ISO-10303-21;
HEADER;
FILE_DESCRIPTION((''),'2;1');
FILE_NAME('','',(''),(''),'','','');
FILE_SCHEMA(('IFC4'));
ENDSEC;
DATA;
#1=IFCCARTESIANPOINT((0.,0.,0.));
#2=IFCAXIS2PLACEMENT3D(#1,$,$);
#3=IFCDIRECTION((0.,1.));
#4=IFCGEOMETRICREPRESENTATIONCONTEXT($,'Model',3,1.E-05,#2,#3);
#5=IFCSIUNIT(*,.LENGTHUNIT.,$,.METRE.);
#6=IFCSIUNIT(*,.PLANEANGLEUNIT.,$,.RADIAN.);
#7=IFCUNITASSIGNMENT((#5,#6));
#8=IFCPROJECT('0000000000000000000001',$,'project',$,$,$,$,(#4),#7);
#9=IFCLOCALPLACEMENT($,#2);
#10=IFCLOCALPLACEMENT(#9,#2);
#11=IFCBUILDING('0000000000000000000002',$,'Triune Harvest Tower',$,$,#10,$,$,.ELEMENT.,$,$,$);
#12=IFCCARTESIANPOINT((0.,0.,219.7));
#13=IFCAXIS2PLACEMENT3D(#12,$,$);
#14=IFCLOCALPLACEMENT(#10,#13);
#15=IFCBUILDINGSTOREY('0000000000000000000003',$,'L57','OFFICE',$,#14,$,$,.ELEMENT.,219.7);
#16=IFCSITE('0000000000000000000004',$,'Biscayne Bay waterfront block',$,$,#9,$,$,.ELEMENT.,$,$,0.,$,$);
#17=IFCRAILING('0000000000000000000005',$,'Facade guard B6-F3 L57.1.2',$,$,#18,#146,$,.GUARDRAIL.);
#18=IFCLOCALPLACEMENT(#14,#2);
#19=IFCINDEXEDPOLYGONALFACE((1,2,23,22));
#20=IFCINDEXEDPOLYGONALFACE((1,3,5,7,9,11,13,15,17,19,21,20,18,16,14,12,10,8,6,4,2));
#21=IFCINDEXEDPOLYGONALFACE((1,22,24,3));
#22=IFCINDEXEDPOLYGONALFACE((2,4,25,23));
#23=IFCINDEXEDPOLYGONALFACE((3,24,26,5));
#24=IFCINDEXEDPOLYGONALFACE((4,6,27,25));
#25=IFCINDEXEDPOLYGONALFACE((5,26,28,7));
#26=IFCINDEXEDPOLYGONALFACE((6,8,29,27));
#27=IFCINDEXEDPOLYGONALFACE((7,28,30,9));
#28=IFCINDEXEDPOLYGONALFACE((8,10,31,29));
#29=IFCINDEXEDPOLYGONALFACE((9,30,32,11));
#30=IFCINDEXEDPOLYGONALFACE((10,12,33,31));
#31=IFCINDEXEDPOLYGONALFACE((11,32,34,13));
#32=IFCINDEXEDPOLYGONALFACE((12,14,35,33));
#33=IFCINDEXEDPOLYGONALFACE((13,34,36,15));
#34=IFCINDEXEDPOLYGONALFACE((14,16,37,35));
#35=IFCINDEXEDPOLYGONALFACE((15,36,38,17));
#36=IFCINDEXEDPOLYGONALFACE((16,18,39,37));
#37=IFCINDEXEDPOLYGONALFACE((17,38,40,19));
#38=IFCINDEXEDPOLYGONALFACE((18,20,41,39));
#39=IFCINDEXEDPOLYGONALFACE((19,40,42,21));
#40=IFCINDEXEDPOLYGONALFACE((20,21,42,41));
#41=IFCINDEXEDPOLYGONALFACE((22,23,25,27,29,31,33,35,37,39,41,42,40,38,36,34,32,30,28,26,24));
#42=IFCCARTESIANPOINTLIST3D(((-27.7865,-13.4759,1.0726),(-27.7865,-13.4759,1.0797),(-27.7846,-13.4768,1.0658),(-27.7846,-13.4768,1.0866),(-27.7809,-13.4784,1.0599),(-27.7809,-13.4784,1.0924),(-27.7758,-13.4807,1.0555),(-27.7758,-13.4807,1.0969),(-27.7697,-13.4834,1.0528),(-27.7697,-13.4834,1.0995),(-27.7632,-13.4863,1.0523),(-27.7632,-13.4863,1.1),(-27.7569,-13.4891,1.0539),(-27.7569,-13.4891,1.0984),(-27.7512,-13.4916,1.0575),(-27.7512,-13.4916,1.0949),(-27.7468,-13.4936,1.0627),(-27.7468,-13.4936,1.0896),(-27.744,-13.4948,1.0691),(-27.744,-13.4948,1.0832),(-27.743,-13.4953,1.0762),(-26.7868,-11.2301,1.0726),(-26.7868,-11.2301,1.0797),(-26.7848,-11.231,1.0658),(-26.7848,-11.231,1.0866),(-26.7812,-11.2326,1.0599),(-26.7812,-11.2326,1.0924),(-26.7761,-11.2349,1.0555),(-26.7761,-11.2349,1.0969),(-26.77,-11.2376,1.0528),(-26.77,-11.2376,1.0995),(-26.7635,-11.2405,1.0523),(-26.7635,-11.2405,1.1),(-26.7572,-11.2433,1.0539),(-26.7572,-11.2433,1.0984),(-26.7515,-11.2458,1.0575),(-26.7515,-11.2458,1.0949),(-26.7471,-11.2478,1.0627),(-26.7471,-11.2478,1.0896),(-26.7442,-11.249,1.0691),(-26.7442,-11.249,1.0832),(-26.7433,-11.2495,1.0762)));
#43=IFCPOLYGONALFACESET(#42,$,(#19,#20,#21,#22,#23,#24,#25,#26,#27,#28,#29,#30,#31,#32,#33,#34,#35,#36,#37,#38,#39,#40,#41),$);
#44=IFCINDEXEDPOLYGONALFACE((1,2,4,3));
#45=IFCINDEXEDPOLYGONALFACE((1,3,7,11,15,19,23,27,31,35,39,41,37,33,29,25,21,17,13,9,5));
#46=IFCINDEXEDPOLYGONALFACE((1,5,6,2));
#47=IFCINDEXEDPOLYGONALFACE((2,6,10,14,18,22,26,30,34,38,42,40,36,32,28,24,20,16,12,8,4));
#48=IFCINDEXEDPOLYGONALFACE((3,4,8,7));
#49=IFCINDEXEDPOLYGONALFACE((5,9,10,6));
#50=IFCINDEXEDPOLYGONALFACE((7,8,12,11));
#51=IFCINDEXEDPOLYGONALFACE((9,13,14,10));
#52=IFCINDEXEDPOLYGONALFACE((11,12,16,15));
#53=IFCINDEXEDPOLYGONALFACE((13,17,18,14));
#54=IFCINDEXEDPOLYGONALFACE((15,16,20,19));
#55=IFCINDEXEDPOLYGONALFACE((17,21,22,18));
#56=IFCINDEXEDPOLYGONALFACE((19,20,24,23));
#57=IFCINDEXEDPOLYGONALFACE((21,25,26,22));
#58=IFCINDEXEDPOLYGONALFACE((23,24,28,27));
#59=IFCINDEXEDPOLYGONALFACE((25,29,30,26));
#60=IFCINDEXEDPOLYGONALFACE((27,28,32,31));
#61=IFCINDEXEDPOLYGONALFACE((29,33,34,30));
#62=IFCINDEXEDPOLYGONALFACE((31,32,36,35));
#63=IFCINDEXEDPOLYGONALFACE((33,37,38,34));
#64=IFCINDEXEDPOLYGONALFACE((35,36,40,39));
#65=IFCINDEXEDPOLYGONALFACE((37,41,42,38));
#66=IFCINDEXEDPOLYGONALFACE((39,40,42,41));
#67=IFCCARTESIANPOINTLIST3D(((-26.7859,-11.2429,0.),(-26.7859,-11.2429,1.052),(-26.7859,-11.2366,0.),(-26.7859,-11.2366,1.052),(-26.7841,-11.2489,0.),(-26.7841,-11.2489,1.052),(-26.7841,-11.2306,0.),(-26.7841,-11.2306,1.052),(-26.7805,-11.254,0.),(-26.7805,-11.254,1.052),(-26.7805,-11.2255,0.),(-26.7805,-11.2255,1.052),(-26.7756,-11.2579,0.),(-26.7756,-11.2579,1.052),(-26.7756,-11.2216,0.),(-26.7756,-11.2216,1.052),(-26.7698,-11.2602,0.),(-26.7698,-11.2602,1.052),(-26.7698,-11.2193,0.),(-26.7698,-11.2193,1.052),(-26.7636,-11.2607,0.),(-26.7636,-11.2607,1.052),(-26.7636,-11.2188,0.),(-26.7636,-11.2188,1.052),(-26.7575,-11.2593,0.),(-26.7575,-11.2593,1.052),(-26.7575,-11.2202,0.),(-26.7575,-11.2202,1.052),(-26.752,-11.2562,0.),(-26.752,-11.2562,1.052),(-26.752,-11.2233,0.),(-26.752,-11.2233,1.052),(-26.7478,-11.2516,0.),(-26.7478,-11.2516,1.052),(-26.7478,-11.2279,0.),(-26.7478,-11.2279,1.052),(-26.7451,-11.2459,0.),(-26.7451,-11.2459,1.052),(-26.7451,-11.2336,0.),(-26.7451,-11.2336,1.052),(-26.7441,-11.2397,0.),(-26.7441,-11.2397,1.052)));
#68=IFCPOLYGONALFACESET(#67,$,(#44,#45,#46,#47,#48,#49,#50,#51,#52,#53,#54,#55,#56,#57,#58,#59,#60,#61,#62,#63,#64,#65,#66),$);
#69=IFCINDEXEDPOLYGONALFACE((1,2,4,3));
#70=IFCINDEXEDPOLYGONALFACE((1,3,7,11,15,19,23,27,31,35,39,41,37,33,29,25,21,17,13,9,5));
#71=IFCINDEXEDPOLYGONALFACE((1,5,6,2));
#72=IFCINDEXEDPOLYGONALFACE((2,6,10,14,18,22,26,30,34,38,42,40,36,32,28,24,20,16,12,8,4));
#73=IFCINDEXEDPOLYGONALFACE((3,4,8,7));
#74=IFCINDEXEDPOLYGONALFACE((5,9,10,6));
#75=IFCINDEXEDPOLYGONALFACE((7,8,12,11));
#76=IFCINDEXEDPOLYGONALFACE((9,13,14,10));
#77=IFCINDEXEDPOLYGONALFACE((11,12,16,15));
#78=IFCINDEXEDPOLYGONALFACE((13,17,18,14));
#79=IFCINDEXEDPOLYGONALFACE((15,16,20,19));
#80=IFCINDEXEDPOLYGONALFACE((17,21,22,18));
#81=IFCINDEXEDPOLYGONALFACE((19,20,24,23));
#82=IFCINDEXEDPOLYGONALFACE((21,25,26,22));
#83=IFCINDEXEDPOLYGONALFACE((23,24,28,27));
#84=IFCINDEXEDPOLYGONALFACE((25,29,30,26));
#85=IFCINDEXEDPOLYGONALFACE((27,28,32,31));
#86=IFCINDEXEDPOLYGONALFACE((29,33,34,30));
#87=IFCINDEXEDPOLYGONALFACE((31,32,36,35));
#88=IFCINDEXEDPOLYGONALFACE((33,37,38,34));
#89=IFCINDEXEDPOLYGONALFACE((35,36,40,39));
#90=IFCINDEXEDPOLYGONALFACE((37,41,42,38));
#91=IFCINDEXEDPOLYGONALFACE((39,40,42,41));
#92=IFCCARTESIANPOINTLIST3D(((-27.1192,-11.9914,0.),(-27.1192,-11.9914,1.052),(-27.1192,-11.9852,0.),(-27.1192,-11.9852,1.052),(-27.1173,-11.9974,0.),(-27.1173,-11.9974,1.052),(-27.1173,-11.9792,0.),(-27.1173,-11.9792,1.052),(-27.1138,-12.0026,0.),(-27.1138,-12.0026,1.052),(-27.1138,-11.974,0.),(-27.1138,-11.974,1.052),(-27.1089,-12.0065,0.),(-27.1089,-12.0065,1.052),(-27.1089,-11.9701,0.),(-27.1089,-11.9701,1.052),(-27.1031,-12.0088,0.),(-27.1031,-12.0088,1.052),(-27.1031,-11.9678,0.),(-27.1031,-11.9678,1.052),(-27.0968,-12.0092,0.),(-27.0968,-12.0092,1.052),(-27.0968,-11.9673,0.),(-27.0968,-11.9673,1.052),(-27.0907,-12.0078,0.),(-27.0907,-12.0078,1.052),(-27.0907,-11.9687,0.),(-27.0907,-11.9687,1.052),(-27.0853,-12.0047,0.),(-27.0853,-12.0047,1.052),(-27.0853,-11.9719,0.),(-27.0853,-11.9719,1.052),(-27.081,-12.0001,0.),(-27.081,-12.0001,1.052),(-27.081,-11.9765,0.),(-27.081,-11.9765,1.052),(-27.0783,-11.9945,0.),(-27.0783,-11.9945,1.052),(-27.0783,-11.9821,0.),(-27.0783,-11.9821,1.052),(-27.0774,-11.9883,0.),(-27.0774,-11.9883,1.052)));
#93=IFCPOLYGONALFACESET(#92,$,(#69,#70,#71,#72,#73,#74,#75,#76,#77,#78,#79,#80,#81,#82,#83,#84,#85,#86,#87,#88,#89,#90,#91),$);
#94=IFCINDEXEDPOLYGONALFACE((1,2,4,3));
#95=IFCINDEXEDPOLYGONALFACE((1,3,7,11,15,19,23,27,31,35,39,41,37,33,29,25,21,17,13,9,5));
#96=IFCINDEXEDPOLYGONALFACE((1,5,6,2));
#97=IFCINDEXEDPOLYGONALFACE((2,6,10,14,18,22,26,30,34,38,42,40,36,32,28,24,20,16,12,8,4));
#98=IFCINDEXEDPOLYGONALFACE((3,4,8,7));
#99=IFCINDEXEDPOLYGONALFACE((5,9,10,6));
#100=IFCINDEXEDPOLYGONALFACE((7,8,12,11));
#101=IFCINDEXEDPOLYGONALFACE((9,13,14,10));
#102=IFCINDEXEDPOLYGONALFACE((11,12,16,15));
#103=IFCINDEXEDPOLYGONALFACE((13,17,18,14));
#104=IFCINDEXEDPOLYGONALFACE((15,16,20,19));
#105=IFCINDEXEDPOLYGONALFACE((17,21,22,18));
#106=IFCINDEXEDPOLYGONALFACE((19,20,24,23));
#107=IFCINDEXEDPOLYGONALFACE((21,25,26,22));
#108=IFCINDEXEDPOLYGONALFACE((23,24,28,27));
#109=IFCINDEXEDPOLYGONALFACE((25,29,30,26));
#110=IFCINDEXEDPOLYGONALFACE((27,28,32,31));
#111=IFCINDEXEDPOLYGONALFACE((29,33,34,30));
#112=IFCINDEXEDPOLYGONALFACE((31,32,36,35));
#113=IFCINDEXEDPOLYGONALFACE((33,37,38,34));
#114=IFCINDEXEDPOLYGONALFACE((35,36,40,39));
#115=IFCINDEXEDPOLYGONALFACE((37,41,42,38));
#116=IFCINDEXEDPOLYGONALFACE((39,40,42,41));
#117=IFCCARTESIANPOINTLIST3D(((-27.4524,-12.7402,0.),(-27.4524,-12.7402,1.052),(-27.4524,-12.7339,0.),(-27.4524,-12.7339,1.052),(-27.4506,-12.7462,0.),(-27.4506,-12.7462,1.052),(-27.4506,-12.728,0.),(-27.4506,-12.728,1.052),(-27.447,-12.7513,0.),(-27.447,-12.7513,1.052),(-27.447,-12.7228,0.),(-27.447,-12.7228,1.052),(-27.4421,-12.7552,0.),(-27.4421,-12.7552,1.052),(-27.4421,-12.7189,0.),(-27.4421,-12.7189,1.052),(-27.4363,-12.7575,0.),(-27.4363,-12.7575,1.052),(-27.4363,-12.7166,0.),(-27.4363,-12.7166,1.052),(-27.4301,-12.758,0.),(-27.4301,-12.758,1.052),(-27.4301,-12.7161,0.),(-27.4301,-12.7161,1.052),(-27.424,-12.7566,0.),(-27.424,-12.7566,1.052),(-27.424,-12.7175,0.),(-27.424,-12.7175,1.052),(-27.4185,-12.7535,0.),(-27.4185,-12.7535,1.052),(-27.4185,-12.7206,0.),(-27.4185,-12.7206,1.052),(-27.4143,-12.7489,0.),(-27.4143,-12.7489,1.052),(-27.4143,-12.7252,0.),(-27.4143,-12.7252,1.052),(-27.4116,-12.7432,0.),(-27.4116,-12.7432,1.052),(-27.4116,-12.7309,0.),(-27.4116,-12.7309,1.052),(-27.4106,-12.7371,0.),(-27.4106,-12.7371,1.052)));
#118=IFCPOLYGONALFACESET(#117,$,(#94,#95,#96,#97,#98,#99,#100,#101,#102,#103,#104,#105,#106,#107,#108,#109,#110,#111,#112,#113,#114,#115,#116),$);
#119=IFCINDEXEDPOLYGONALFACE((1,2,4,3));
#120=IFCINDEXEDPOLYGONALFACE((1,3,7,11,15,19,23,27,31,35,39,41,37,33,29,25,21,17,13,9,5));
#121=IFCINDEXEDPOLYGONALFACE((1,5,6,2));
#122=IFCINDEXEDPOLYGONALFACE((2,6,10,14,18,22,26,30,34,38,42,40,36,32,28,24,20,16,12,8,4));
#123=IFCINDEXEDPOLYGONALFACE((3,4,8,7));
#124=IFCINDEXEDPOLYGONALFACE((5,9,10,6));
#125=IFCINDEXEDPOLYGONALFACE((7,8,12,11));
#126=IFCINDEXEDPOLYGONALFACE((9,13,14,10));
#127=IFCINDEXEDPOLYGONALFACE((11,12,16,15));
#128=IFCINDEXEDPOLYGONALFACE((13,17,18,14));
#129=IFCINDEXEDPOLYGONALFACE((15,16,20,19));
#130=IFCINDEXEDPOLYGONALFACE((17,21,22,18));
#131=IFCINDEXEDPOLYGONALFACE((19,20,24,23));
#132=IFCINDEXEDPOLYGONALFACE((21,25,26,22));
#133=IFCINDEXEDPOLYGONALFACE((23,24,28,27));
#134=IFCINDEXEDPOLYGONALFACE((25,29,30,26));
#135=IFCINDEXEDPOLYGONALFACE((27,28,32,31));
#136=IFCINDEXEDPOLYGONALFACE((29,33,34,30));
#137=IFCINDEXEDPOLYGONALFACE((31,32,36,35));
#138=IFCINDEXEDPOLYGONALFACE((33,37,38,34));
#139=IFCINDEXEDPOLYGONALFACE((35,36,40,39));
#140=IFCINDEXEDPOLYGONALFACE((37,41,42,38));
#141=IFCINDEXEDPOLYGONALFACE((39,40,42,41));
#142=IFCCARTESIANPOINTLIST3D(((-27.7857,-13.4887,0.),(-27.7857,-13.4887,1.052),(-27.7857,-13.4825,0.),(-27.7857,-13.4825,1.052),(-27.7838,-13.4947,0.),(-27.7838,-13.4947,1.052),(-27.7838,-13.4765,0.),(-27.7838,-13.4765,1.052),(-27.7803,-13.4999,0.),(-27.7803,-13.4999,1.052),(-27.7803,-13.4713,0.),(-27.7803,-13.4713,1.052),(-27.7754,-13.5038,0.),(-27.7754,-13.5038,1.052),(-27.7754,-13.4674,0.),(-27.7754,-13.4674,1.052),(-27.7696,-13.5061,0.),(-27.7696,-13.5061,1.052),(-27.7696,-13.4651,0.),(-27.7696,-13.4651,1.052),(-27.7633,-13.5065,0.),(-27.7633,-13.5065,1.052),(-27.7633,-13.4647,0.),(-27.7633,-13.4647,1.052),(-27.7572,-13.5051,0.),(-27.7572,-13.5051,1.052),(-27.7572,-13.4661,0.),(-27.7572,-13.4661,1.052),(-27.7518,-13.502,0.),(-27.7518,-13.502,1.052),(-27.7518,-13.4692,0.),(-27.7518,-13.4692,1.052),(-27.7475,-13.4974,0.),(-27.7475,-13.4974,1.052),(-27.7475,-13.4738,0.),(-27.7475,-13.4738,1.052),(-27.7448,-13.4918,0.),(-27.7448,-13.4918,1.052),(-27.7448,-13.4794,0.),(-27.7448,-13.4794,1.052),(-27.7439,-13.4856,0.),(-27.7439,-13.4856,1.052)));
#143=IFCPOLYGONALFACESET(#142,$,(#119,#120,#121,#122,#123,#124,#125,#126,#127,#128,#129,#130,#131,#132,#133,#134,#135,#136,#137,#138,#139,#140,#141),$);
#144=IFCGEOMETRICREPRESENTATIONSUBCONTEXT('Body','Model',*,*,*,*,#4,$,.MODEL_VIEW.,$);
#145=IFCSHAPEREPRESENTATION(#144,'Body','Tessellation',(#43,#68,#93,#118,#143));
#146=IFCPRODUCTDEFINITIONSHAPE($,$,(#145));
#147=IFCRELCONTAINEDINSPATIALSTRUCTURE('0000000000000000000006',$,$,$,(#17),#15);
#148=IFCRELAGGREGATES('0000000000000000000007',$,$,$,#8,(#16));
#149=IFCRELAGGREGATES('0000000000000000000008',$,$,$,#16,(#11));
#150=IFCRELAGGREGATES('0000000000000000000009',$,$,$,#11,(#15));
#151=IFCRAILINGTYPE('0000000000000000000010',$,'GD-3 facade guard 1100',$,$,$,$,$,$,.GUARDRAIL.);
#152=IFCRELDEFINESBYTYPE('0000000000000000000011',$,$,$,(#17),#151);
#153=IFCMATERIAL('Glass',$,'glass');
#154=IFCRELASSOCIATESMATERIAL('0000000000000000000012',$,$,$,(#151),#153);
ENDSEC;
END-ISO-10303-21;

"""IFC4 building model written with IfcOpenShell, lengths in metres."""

from ifc_helpers import new_model, si_unit, direction, frame, origin, origin_2d, place, context, subcontext, project, spatial, circle, extrude, material, type_object, element, save


model = new_model("IFC4")

# Units and contexts
model_context = context("Model", 3, precision=1e-05, world=origin(), true_north=direction((0.0, 1.0)))
body_context = subcontext(model_context, "Body", "Model", "MODEL_VIEW")
ifc_project = project(units=[si_unit("LENGTHUNIT", "METRE"), si_unit("PLANEANGLEUNIT", "RADIAN")], contexts=[model_context])

# Site, building, storey
site_placement = place(None, origin())
site = spatial("IfcSite", under=ifc_project, at=site_placement, Name="Biscayne Bay waterfront block", CompositionType="ELEMENT", RefElevation=0.0)
building_placement = place(site_placement, origin())
building = spatial("IfcBuilding", under=site, at=building_placement, Name="Triune Harvest Tower", CompositionType="ELEMENT")
storey_placement = place(building_placement, frame((0.0, 0.0, 219.7)))
storey = spatial("IfcBuildingStorey", under=building, at=storey_placement, Name="L57", Description="OFFICE", CompositionType="ELEMENT", Elevation=219.7)

# Railing
ifc_material_1 = material(Name="Glass", Category="glass")
railing_type = type_object("IfcRailingType", Name="GD-3 facade guard 1100", PredefinedType="GUARDRAIL", material=ifc_material_1)
railing_placement = place(storey_placement, frame((-26.7651, -11.2397, 0.0)))
element("IfcRailing", 1, at=railing_placement, inside=storey, type_object=railing_type, Name="Facade guard B6-F3 L57.1.2", PredefinedType="GUARDRAIL", context=body_context, shape_type="SweptSolid", body=[
    extrude(circle(Radius=0.0239, at=origin_2d()), frame((0.0, 0.0, 1.0762), z_axis=(-0.406682, -0.91357, 0.0), x_axis=(0.91357, -0.406682, 0.0)), (0.0, 0.0, 1.0), 2.4583),
    extrude(circle(Radius=0.021, at=origin_2d()), origin(), (0.0, 0.0, 1.0), 1.052),
    extrude(circle(Radius=0.021, at=origin_2d()), frame((-0.3333, -0.7485, 0.0)), (0.0, 0.0, 1.0), 1.052),
    extrude(circle(Radius=0.021, at=origin_2d()), frame((-0.6665, -1.4973, 0.0)), (0.0, 0.0, 1.0), 1.052),
    extrude(circle(Radius=0.021, at=origin_2d()), frame((-0.9998, -2.2458, 0.0)), (0.0, 0.0, 1.0), 1.052),
])

save(model, "model.ifc")
